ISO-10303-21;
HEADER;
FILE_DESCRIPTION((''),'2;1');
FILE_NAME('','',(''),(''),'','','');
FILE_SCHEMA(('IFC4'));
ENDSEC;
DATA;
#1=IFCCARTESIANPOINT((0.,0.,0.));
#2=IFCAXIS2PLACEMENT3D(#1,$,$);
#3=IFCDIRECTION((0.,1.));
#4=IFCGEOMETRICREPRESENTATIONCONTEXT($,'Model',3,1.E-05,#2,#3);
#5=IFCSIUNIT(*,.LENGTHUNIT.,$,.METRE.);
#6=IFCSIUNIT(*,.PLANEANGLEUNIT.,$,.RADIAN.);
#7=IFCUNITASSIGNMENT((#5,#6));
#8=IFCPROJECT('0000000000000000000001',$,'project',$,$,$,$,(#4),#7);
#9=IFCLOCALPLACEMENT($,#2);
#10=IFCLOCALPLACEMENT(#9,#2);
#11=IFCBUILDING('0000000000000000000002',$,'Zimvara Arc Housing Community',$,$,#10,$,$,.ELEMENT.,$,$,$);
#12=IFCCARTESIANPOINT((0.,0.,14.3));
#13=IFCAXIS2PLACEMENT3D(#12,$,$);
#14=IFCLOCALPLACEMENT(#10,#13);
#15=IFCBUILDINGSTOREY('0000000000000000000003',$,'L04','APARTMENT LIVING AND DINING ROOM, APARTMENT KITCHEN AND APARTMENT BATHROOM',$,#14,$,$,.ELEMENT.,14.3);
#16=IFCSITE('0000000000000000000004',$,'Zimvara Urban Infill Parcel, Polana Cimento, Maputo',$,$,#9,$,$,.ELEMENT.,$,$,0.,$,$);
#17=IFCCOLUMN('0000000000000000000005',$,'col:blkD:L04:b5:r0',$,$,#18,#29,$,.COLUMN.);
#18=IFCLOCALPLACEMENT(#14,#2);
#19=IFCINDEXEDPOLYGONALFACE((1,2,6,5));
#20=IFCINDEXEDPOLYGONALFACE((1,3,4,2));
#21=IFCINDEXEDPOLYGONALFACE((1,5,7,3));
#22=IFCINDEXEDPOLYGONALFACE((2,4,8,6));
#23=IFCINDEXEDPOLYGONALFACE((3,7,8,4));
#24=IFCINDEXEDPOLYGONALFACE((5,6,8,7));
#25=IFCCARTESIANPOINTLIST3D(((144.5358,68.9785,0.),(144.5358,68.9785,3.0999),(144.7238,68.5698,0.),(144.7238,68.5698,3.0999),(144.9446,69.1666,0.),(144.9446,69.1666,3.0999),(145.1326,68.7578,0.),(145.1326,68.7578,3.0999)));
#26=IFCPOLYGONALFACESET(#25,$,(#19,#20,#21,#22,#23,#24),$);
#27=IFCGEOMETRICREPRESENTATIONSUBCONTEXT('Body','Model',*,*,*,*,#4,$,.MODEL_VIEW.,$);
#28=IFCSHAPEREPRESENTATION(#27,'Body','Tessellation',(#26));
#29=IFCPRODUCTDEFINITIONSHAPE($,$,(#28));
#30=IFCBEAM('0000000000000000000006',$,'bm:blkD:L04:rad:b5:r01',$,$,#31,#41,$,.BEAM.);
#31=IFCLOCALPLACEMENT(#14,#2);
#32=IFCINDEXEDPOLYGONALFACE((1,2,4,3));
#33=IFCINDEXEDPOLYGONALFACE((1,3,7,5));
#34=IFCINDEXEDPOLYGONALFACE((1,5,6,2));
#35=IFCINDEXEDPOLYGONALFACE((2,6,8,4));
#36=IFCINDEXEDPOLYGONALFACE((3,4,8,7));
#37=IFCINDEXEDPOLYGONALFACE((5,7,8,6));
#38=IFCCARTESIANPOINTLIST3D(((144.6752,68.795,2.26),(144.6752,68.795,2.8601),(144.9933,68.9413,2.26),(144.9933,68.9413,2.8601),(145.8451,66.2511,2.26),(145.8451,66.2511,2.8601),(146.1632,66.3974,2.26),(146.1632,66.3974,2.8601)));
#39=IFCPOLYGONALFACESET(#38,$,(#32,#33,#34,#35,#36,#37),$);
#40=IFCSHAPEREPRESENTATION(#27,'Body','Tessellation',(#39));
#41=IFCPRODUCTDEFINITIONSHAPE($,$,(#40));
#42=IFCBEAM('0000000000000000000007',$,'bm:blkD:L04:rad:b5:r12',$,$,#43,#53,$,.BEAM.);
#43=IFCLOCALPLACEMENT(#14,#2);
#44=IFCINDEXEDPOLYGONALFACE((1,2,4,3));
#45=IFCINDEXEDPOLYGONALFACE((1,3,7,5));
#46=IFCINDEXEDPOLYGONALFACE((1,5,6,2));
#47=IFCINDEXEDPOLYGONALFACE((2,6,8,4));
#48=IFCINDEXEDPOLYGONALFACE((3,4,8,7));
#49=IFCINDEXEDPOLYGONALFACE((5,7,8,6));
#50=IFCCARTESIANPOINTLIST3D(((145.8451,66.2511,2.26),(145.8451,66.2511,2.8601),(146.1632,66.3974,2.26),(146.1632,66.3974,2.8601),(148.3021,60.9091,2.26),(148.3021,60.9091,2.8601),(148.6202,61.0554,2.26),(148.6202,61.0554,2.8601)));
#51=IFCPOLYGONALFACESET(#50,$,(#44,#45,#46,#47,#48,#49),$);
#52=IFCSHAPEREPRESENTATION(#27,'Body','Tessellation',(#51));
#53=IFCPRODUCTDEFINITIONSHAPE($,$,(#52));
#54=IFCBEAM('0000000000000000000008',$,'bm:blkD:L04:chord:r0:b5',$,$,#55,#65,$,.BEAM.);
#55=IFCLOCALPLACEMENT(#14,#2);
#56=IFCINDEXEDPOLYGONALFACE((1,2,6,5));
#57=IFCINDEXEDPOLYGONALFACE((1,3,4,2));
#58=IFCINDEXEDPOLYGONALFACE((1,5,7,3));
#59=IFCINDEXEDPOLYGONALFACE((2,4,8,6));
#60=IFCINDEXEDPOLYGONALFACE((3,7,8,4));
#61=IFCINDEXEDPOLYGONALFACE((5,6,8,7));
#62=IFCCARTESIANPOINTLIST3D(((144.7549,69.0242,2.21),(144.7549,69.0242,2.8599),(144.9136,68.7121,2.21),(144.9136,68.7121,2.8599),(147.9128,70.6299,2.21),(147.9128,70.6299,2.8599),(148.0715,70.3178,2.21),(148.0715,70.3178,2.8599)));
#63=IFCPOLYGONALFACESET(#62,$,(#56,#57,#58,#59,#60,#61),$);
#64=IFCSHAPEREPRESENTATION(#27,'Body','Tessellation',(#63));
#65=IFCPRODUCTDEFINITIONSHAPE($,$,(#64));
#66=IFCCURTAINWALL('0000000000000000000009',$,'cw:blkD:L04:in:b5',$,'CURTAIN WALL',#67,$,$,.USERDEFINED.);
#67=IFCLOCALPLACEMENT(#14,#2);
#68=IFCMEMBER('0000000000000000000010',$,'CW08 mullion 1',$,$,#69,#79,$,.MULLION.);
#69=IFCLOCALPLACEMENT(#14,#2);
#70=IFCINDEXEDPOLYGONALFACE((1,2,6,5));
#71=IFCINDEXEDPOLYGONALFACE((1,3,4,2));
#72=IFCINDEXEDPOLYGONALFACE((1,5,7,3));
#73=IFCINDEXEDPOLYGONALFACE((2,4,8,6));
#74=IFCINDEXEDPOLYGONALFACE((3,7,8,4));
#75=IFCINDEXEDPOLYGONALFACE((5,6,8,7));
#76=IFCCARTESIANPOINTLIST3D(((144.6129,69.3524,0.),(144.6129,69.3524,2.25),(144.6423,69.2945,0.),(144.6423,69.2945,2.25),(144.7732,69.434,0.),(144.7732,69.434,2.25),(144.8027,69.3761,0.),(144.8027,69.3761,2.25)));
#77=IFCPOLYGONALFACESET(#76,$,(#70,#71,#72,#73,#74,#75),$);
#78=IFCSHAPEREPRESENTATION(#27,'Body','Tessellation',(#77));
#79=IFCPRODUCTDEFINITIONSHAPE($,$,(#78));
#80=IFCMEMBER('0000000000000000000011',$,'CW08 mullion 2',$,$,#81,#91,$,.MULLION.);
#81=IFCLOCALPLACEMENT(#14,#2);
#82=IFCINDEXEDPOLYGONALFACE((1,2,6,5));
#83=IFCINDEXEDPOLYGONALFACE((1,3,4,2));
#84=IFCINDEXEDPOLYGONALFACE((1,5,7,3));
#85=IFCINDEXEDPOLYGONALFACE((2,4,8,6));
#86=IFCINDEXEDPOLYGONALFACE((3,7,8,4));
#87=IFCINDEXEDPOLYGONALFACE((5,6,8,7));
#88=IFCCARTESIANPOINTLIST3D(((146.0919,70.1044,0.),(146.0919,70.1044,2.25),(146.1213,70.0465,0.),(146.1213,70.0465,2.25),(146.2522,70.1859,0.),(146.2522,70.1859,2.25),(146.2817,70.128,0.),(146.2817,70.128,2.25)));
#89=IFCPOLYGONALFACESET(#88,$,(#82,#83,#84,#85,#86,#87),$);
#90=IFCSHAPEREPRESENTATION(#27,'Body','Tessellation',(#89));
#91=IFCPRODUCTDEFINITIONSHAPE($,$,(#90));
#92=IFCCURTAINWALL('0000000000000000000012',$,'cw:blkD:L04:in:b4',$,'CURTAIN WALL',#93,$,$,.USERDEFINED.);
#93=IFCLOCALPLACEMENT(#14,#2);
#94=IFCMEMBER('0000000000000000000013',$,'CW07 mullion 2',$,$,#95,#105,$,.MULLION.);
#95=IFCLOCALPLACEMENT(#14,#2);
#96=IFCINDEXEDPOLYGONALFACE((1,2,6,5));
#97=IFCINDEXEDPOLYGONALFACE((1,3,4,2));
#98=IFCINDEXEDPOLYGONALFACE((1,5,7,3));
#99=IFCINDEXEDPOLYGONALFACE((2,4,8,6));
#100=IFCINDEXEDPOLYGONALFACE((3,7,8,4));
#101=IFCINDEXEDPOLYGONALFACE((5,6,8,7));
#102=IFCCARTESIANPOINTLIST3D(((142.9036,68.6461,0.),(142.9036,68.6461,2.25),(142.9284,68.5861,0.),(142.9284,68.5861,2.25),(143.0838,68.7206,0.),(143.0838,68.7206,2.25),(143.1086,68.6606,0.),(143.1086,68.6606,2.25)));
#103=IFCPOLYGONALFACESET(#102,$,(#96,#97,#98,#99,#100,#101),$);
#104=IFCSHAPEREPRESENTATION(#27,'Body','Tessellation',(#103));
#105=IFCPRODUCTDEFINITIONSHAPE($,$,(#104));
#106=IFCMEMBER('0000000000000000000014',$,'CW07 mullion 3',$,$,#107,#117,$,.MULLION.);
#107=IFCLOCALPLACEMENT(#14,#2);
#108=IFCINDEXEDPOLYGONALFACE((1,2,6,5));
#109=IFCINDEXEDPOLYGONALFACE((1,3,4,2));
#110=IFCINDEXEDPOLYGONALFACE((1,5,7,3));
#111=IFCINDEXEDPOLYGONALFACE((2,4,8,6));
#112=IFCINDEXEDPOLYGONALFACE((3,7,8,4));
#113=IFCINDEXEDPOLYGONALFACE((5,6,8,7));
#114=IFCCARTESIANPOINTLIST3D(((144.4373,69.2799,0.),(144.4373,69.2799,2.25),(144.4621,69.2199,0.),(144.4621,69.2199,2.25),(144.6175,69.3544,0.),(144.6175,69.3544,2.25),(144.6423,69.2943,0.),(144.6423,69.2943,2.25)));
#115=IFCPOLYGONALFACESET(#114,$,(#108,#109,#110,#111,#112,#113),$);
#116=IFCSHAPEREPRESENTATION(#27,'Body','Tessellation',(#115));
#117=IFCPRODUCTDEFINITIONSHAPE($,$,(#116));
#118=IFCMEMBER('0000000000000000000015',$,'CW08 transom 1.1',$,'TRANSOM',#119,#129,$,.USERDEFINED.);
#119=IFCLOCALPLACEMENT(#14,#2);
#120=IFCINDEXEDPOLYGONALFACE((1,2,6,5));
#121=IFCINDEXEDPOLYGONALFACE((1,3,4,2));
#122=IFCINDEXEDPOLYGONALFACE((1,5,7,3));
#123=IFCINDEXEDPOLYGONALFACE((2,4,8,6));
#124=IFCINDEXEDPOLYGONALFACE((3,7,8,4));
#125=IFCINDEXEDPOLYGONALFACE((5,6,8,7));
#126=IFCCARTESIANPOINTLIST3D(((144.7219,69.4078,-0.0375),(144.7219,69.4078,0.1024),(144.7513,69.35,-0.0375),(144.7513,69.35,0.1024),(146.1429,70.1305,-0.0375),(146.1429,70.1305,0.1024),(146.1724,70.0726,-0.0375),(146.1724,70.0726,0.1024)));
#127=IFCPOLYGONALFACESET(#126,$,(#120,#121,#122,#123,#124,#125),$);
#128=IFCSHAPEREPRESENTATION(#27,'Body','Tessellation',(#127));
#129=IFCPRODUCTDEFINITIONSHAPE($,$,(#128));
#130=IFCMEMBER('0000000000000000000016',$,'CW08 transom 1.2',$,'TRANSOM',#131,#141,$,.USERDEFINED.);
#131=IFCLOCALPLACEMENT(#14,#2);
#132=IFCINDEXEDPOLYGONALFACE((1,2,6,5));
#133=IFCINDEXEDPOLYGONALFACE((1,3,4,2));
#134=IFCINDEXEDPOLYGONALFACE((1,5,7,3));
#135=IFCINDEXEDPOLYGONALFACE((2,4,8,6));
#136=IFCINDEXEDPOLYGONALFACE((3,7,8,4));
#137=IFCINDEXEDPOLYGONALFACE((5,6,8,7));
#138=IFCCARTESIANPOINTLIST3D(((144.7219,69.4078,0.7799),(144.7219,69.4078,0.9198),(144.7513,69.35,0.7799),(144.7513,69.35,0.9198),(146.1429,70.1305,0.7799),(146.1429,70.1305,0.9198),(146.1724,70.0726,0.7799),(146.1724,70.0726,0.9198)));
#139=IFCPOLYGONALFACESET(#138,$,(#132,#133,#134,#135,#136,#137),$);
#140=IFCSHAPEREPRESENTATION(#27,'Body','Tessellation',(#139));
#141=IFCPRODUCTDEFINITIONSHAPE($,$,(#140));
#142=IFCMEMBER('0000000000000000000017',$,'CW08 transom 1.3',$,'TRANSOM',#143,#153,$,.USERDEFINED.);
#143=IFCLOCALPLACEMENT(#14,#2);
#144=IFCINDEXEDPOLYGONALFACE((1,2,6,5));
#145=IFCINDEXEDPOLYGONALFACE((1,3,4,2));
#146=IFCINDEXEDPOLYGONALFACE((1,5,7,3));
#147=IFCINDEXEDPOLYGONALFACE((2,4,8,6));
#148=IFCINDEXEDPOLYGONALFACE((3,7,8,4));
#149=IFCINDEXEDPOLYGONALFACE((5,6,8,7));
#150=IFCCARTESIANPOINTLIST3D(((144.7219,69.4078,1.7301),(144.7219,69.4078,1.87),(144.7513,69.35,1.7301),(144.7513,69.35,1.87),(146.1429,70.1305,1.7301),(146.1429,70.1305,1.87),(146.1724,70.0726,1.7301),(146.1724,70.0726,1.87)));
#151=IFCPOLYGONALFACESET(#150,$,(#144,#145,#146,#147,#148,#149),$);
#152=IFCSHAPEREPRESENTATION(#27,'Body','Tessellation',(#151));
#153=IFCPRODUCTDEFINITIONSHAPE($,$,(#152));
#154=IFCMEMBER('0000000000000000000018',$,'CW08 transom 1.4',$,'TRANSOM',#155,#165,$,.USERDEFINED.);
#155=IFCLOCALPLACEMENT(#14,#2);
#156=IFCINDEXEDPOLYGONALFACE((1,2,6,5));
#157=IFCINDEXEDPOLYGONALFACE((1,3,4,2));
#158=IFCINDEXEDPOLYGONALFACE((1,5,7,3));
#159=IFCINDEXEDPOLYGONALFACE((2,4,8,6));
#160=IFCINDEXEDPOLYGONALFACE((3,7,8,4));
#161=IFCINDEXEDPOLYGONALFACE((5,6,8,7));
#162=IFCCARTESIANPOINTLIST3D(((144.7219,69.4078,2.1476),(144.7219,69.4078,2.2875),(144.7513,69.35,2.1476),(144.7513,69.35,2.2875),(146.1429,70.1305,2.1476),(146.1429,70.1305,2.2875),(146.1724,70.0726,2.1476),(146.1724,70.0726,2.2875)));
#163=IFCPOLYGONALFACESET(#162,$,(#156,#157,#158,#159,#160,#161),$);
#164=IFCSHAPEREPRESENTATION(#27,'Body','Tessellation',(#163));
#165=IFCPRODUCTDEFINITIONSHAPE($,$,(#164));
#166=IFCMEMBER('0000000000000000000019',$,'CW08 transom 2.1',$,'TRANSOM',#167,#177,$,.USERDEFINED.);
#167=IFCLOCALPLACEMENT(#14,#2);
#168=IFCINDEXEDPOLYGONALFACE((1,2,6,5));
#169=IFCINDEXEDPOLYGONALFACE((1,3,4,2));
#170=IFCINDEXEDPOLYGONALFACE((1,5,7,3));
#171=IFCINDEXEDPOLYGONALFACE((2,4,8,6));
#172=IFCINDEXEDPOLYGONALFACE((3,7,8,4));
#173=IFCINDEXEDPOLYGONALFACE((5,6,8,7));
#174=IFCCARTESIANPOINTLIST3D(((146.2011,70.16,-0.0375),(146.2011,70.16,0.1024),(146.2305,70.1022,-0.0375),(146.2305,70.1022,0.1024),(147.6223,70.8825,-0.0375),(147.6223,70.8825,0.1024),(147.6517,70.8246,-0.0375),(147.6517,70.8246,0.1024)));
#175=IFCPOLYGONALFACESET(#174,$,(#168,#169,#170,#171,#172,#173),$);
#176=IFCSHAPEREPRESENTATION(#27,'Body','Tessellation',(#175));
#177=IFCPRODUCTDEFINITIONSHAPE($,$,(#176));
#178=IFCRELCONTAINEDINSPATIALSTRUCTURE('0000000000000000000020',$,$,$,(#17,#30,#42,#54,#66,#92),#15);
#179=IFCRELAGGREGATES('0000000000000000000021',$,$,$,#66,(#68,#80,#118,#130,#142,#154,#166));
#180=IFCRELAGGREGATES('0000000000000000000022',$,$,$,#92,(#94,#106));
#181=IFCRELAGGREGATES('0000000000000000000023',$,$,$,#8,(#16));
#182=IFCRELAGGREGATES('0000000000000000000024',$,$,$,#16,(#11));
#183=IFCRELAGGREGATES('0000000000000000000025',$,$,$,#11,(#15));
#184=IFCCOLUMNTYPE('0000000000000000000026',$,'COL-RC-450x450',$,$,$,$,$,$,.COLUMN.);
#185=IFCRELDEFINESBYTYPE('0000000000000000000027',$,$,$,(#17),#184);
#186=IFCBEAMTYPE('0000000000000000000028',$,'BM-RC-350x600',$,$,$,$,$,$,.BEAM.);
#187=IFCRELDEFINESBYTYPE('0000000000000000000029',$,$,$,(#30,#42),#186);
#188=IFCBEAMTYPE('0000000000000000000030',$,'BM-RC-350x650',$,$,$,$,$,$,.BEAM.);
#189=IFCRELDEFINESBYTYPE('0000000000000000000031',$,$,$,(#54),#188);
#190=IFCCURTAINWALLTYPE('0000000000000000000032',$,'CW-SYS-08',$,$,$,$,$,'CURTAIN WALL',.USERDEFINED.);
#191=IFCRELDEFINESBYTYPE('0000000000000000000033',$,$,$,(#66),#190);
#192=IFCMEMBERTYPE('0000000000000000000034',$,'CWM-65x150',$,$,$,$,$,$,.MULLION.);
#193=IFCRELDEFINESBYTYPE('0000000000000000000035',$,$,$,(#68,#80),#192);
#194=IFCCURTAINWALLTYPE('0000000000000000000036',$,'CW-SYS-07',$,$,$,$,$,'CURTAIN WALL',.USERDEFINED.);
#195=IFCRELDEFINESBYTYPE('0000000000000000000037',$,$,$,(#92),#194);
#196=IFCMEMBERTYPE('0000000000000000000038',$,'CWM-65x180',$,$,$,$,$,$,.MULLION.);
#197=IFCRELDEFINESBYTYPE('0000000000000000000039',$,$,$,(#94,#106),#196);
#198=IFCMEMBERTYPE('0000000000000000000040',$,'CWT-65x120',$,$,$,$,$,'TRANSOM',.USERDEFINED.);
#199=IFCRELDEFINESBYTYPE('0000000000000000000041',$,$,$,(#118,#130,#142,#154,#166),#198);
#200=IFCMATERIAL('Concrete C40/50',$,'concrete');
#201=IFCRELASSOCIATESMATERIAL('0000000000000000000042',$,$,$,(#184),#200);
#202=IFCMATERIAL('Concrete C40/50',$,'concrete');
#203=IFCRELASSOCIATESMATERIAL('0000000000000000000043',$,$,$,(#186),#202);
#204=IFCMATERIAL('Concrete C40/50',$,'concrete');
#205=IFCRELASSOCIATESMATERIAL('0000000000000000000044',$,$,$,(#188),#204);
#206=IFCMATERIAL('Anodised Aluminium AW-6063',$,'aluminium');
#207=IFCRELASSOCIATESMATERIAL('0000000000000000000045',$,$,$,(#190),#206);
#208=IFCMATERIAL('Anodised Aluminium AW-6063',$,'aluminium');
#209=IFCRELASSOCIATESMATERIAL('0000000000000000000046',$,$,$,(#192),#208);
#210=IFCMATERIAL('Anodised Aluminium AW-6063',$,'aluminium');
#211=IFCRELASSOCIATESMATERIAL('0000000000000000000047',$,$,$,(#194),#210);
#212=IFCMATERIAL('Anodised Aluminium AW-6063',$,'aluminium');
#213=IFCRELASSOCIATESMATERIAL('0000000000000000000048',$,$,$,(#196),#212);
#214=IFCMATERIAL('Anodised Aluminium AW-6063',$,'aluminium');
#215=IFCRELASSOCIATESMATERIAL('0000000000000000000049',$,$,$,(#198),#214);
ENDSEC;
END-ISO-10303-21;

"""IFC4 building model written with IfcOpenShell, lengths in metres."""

from ifc_helpers import new_model, si_unit, direction, frame, origin, origin_2d, place, context, subcontext, project, spatial, rectangle, extrude, material, material_profile, profile_set, type_object, element, aggregate, save


model = new_model("IFC4")

# Units and contexts
model_context = context("Model", 3, precision=1e-05, world=origin(), true_north=direction((0.0, 1.0)))
body_context = subcontext(model_context, "Body", "Model", "MODEL_VIEW")
ifc_project = project(units=[si_unit("LENGTHUNIT", "METRE"), si_unit("PLANEANGLEUNIT", "RADIAN")], contexts=[model_context])

# Site, building, storey
site_placement = place(None, origin())
site = spatial("IfcSite", under=ifc_project, at=site_placement, Name="Zimvara Urban Infill Parcel, Polana Cimento, Maputo", CompositionType="ELEMENT", RefElevation=0.0)
building_placement = place(site_placement, origin())
building = spatial("IfcBuilding", under=site, at=building_placement, Name="Zimvara Arc Housing Community", CompositionType="ELEMENT")
storey_placement = place(building_placement, frame((0.0, 0.0, 14.3)))
storey = spatial("IfcBuildingStorey", under=building, at=storey_placement, Name="L04", Description="APARTMENT LIVING AND DINING ROOM, APARTMENT KITCHEN AND APARTMENT BATHROOM", CompositionType="ELEMENT", Elevation=14.3)

# Column
ifc_material_1 = material(Name="Concrete C40/50", Category="concrete")
ifc_material_profile_1 = material_profile(ifc_material_1, rectangle(XDim=0.45, YDim=0.45, at=origin_2d()), Name="RC 450x450")
ifc_profile_set_1 = profile_set([ifc_material_profile_1], Name="Concrete C40/50")
column_type = type_object("IfcColumnType", Name="COL-RC-450x450", PredefinedType="COLUMN", material=ifc_profile_set_1)
column_placement = place(storey_placement, frame((144.8342, 68.8682, 0.0), z_axis=(0.0, 0.0, 1.0), x_axis=(0.417867, -0.908508, 0.0)))
element("IfcColumn", 1, at=column_placement, inside=storey, type_object=column_type, Name="col:blkD:L04:b5:r0", PredefinedType="COLUMN", context=body_context, shape_type="SweptSolid", body=[
    extrude(rectangle(XDim=0.45, YDim=0.45, at=origin_2d()), origin(), (0.0, 0.0, 1.0), 3.0999),
])

# Beams
ifc_material_2 = material(Name="Concrete C40/50", Category="concrete")
ifc_material_profile_2 = material_profile(ifc_material_2, rectangle(XDim=0.3501, YDim=0.6001, at=origin_2d()), Name="RC 350x600")
ifc_profile_set_2 = profile_set([ifc_material_profile_2], Name="Concrete C40/50")
beam_type_1 = type_object("IfcBeamType", Name="BM-RC-350x600", PredefinedType="BEAM", material=ifc_profile_set_2)
beam_1_placement = place(storey_placement, frame((144.8342, 68.8682, 2.5601), z_axis=(0.417819, -0.90853, 0.0), x_axis=(0.90853, 0.417819, 0.0)))
element("IfcBeam", 2, at=beam_1_placement, inside=storey, type_object=beam_type_1, Name="bm:blkD:L04:rad:b5:r01", PredefinedType="BEAM", context=body_context, shape_type="SweptSolid", body=[
    extrude(rectangle(XDim=0.3501, YDim=0.6001, at=origin_2d()), origin(), (0.0, 0.0, 1.0), 2.8),
])
beam_2_placement = place(storey_placement, frame((146.0042, 66.3242, 2.5601), z_axis=(0.417862, -0.90851, 0.0), x_axis=(0.90851, 0.417862, 0.0)))
element("IfcBeam", 3, at=beam_2_placement, inside=storey, type_object=beam_type_1, Name="bm:blkD:L04:rad:b5:r12", PredefinedType="BEAM", context=body_context, shape_type="SweptSolid", body=[
    extrude(rectangle(XDim=0.3501, YDim=0.6001, at=origin_2d()), origin(), (0.0, 0.0, 1.0), 5.8799),
])
ifc_material_3 = material(Name="Concrete C40/50", Category="concrete")
ifc_material_profile_3 = material_profile(ifc_material_3, rectangle(XDim=0.3501, YDim=0.6499, at=origin_2d()), Name="RC 350x650")
ifc_profile_set_3 = profile_set([ifc_material_profile_3], Name="Concrete C40/50")
beam_type_2 = type_object("IfcBeamType", Name="BM-RC-350x650", PredefinedType="BEAM", material=ifc_profile_set_3)
beam_3_placement = place(storey_placement, frame((144.8342, 68.8682, 2.5349), z_axis=(0.891388, 0.45324, 0.0), x_axis=(-0.45324, 0.891388, 0.0)))
element("IfcBeam", 4, at=beam_3_placement, inside=storey, type_object=beam_type_2, Name="bm:blkD:L04:chord:r0:b5", PredefinedType="BEAM", context=body_context, shape_type="SweptSolid", body=[
    extrude(rectangle(XDim=0.3501, YDim=0.6499, at=origin_2d()), origin(), (0.0, 0.0, 1.0), 3.5427),
])

# Curtain walls, members
ifc_material_4 = material(Name="Anodised Aluminium AW-6063", Category="aluminium")
curtain_wall_type_1 = type_object("IfcCurtainWallType", Name="CW-SYS-08", ElementType="CURTAIN WALL", PredefinedType="USERDEFINED", material=ifc_material_4)
curtain_wall_1_placement = place(storey_placement, origin())
curtain_wall_1 = element("IfcCurtainWall", 5, at=curtain_wall_1_placement, inside=storey, type_object=curtain_wall_type_1, Name="cw:blkD:L04:in:b5", ObjectType="CURTAIN WALL", PredefinedType="USERDEFINED")
ifc_material_5 = material(Name="Anodised Aluminium AW-6063", Category="aluminium")
ifc_material_profile_4 = material_profile(ifc_material_5, rectangle(XDim=0.0649, YDim=0.1799, at=origin_2d()), Name="ALU 65x180")
ifc_profile_set_4 = profile_set([ifc_material_profile_4], Name="Anodised Aluminium AW-6063")
member_type_1 = type_object("IfcMemberType", Name="CWM-65x150", PredefinedType="MULLION", material=ifc_profile_set_4)
member_1_placement = place(storey_placement, frame((144.7078, 69.3643, 0.0), z_axis=(0.0, 0.0, 1.0), x_axis=(-0.453211, 0.891403, 0.0)))
member_1 = element("IfcMember", 6, at=member_1_placement, type_object=member_type_1, Name="CW08 mullion 1", PredefinedType="MULLION", context=body_context, shape_type="SweptSolid", body=[
    extrude(rectangle(XDim=0.0649, YDim=0.1799, at=origin_2d()), origin(), (0.0, 0.0, 1.0), 2.25),
])
member_2_placement = place(storey_placement, frame((146.1868, 70.1162, 0.0), z_axis=(0.0, 0.0, 1.0), x_axis=(-0.453211, 0.891403, 0.0)))
member_2 = element("IfcMember", 7, at=member_2_placement, type_object=member_type_1, Name="CW08 mullion 2", PredefinedType="MULLION", context=body_context, shape_type="SweptSolid", body=[
    extrude(rectangle(XDim=0.0649, YDim=0.1799, at=origin_2d()), origin(), (0.0, 0.0, 1.0), 2.25),
])
ifc_material_6 = material(Name="Anodised Aluminium AW-6063", Category="aluminium")
curtain_wall_type_2 = type_object("IfcCurtainWallType", Name="CW-SYS-07", ElementType="CURTAIN WALL", PredefinedType="USERDEFINED", material=ifc_material_6)
curtain_wall_2_placement = place(storey_placement, origin())
curtain_wall_2 = element("IfcCurtainWall", 8, at=curtain_wall_2_placement, inside=storey, type_object=curtain_wall_type_2, Name="cw:blkD:L04:in:b4", ObjectType="CURTAIN WALL", PredefinedType="USERDEFINED")
ifc_material_7 = material(Name="Anodised Aluminium AW-6063", Category="aluminium")
ifc_material_profile_5 = material_profile(ifc_material_7, rectangle(XDim=0.0649, YDim=0.1951, at=origin_2d()), Name="ALU 65x195")
ifc_profile_set_5 = profile_set([ifc_material_profile_5], Name="Anodised Aluminium AW-6063")
member_type_2 = type_object("IfcMemberType", Name="CWM-65x180", PredefinedType="MULLION", material=ifc_profile_set_5)
member_3_placement = place(storey_placement, frame((143.0061, 68.6533, 0.0), z_axis=(0.0, 0.0, 1.0), x_axis=(-0.381877, 0.924213, 0.0)))
member_3 = element("IfcMember", 9, at=member_3_placement, type_object=member_type_2, Name="CW07 mullion 2", PredefinedType="MULLION", context=body_context, shape_type="SweptSolid", body=[
    extrude(rectangle(XDim=0.0649, YDim=0.1951, at=origin_2d()), origin(), (0.0, 0.0, 1.0), 2.25),
])
member_4_placement = place(storey_placement, frame((144.5398, 69.2871, 0.0), z_axis=(0.0, 0.0, 1.0), x_axis=(-0.381877, 0.924213, 0.0)))
member_4 = element("IfcMember", 10, at=member_4_placement, type_object=member_type_2, Name="CW07 mullion 3", PredefinedType="MULLION", context=body_context, shape_type="SweptSolid", body=[
    extrude(rectangle(XDim=0.0649, YDim=0.1951, at=origin_2d()), origin(), (0.0, 0.0, 1.0), 2.25),
])

# Members
ifc_material_8 = material(Name="Anodised Aluminium AW-6063", Category="aluminium")
ifc_material_profile_6 = material_profile(ifc_material_8, rectangle(XDim=0.0649, YDim=0.1399, at=origin_2d()), Name="ALU 65x140")
ifc_profile_set_6 = profile_set([ifc_material_profile_6], Name="Anodised Aluminium AW-6063")
member_type_3 = type_object("IfcMemberType", Name="CWT-65x120", ElementType="TRANSOM", PredefinedType="USERDEFINED", material=ifc_profile_set_6)
member_5_placement = place(storey_placement, frame((144.7366, 69.3789, 0.0325), z_axis=(0.891375, 0.453267, 0.0), x_axis=(-0.453267, 0.891375, 0.0)))
member_5 = element("IfcMember", 11, at=member_5_placement, type_object=member_type_3, Name="CW08 transom 1.1", ObjectType="TRANSOM", PredefinedType="USERDEFINED", context=body_context, shape_type="SweptSolid", body=[
    extrude(rectangle(XDim=0.0649, YDim=0.1399, at=origin_2d()), origin(), (0.0, 0.0, 1.0), 1.5942),
])
member_6_placement = place(storey_placement, frame((144.7366, 69.3789, 0.8499), z_axis=(0.891375, 0.453267, 0.0), x_axis=(-0.453267, 0.891375, 0.0)))
member_6 = element("IfcMember", 12, at=member_6_placement, type_object=member_type_3, Name="CW08 transom 1.2", ObjectType="TRANSOM", PredefinedType="USERDEFINED", context=body_context, shape_type="SweptSolid", body=[
    extrude(rectangle(XDim=0.0649, YDim=0.1399, at=origin_2d()), origin(), (0.0, 0.0, 1.0), 1.5942),
])
member_7_placement = place(storey_placement, frame((144.7366, 69.3789, 1.8), z_axis=(0.891375, 0.453267, 0.0), x_axis=(-0.453267, 0.891375, 0.0)))
member_7 = element("IfcMember", 13, at=member_7_placement, type_object=member_type_3, Name="CW08 transom 1.3", ObjectType="TRANSOM", PredefinedType="USERDEFINED", context=body_context, shape_type="SweptSolid", body=[
    extrude(rectangle(XDim=0.0649, YDim=0.1399, at=origin_2d()), origin(), (0.0, 0.0, 1.0), 1.5942),
])
member_8_placement = place(storey_placement, frame((144.7366, 69.3789, 2.2175), z_axis=(0.891375, 0.453267, 0.0), x_axis=(-0.453267, 0.891375, 0.0)))
member_8 = element("IfcMember", 14, at=member_8_placement, type_object=member_type_3, Name="CW08 transom 1.4", ObjectType="TRANSOM", PredefinedType="USERDEFINED", context=body_context, shape_type="SweptSolid", body=[
    extrude(rectangle(XDim=0.0649, YDim=0.1399, at=origin_2d()), origin(), (0.0, 0.0, 1.0), 1.5942),
])
member_9_placement = place(storey_placement, frame((146.2158, 70.1311, 0.0325), z_axis=(0.891437, 0.453146, 0.0), x_axis=(-0.453146, 0.891437, 0.0)))
member_9 = element("IfcMember", 15, at=member_9_placement, type_object=member_type_3, Name="CW08 transom 2.1", ObjectType="TRANSOM", PredefinedType="USERDEFINED", context=body_context, shape_type="SweptSolid", body=[
    extrude(rectangle(XDim=0.0649, YDim=0.1399, at=origin_2d()), origin(), (0.0, 0.0, 1.0), 1.5942),
])

aggregate(curtain_wall_1, [member_1, member_2, member_5, member_6, member_7, member_8, member_9])
aggregate(curtain_wall_2, [member_3, member_4])

save(model, "model.ifc")
